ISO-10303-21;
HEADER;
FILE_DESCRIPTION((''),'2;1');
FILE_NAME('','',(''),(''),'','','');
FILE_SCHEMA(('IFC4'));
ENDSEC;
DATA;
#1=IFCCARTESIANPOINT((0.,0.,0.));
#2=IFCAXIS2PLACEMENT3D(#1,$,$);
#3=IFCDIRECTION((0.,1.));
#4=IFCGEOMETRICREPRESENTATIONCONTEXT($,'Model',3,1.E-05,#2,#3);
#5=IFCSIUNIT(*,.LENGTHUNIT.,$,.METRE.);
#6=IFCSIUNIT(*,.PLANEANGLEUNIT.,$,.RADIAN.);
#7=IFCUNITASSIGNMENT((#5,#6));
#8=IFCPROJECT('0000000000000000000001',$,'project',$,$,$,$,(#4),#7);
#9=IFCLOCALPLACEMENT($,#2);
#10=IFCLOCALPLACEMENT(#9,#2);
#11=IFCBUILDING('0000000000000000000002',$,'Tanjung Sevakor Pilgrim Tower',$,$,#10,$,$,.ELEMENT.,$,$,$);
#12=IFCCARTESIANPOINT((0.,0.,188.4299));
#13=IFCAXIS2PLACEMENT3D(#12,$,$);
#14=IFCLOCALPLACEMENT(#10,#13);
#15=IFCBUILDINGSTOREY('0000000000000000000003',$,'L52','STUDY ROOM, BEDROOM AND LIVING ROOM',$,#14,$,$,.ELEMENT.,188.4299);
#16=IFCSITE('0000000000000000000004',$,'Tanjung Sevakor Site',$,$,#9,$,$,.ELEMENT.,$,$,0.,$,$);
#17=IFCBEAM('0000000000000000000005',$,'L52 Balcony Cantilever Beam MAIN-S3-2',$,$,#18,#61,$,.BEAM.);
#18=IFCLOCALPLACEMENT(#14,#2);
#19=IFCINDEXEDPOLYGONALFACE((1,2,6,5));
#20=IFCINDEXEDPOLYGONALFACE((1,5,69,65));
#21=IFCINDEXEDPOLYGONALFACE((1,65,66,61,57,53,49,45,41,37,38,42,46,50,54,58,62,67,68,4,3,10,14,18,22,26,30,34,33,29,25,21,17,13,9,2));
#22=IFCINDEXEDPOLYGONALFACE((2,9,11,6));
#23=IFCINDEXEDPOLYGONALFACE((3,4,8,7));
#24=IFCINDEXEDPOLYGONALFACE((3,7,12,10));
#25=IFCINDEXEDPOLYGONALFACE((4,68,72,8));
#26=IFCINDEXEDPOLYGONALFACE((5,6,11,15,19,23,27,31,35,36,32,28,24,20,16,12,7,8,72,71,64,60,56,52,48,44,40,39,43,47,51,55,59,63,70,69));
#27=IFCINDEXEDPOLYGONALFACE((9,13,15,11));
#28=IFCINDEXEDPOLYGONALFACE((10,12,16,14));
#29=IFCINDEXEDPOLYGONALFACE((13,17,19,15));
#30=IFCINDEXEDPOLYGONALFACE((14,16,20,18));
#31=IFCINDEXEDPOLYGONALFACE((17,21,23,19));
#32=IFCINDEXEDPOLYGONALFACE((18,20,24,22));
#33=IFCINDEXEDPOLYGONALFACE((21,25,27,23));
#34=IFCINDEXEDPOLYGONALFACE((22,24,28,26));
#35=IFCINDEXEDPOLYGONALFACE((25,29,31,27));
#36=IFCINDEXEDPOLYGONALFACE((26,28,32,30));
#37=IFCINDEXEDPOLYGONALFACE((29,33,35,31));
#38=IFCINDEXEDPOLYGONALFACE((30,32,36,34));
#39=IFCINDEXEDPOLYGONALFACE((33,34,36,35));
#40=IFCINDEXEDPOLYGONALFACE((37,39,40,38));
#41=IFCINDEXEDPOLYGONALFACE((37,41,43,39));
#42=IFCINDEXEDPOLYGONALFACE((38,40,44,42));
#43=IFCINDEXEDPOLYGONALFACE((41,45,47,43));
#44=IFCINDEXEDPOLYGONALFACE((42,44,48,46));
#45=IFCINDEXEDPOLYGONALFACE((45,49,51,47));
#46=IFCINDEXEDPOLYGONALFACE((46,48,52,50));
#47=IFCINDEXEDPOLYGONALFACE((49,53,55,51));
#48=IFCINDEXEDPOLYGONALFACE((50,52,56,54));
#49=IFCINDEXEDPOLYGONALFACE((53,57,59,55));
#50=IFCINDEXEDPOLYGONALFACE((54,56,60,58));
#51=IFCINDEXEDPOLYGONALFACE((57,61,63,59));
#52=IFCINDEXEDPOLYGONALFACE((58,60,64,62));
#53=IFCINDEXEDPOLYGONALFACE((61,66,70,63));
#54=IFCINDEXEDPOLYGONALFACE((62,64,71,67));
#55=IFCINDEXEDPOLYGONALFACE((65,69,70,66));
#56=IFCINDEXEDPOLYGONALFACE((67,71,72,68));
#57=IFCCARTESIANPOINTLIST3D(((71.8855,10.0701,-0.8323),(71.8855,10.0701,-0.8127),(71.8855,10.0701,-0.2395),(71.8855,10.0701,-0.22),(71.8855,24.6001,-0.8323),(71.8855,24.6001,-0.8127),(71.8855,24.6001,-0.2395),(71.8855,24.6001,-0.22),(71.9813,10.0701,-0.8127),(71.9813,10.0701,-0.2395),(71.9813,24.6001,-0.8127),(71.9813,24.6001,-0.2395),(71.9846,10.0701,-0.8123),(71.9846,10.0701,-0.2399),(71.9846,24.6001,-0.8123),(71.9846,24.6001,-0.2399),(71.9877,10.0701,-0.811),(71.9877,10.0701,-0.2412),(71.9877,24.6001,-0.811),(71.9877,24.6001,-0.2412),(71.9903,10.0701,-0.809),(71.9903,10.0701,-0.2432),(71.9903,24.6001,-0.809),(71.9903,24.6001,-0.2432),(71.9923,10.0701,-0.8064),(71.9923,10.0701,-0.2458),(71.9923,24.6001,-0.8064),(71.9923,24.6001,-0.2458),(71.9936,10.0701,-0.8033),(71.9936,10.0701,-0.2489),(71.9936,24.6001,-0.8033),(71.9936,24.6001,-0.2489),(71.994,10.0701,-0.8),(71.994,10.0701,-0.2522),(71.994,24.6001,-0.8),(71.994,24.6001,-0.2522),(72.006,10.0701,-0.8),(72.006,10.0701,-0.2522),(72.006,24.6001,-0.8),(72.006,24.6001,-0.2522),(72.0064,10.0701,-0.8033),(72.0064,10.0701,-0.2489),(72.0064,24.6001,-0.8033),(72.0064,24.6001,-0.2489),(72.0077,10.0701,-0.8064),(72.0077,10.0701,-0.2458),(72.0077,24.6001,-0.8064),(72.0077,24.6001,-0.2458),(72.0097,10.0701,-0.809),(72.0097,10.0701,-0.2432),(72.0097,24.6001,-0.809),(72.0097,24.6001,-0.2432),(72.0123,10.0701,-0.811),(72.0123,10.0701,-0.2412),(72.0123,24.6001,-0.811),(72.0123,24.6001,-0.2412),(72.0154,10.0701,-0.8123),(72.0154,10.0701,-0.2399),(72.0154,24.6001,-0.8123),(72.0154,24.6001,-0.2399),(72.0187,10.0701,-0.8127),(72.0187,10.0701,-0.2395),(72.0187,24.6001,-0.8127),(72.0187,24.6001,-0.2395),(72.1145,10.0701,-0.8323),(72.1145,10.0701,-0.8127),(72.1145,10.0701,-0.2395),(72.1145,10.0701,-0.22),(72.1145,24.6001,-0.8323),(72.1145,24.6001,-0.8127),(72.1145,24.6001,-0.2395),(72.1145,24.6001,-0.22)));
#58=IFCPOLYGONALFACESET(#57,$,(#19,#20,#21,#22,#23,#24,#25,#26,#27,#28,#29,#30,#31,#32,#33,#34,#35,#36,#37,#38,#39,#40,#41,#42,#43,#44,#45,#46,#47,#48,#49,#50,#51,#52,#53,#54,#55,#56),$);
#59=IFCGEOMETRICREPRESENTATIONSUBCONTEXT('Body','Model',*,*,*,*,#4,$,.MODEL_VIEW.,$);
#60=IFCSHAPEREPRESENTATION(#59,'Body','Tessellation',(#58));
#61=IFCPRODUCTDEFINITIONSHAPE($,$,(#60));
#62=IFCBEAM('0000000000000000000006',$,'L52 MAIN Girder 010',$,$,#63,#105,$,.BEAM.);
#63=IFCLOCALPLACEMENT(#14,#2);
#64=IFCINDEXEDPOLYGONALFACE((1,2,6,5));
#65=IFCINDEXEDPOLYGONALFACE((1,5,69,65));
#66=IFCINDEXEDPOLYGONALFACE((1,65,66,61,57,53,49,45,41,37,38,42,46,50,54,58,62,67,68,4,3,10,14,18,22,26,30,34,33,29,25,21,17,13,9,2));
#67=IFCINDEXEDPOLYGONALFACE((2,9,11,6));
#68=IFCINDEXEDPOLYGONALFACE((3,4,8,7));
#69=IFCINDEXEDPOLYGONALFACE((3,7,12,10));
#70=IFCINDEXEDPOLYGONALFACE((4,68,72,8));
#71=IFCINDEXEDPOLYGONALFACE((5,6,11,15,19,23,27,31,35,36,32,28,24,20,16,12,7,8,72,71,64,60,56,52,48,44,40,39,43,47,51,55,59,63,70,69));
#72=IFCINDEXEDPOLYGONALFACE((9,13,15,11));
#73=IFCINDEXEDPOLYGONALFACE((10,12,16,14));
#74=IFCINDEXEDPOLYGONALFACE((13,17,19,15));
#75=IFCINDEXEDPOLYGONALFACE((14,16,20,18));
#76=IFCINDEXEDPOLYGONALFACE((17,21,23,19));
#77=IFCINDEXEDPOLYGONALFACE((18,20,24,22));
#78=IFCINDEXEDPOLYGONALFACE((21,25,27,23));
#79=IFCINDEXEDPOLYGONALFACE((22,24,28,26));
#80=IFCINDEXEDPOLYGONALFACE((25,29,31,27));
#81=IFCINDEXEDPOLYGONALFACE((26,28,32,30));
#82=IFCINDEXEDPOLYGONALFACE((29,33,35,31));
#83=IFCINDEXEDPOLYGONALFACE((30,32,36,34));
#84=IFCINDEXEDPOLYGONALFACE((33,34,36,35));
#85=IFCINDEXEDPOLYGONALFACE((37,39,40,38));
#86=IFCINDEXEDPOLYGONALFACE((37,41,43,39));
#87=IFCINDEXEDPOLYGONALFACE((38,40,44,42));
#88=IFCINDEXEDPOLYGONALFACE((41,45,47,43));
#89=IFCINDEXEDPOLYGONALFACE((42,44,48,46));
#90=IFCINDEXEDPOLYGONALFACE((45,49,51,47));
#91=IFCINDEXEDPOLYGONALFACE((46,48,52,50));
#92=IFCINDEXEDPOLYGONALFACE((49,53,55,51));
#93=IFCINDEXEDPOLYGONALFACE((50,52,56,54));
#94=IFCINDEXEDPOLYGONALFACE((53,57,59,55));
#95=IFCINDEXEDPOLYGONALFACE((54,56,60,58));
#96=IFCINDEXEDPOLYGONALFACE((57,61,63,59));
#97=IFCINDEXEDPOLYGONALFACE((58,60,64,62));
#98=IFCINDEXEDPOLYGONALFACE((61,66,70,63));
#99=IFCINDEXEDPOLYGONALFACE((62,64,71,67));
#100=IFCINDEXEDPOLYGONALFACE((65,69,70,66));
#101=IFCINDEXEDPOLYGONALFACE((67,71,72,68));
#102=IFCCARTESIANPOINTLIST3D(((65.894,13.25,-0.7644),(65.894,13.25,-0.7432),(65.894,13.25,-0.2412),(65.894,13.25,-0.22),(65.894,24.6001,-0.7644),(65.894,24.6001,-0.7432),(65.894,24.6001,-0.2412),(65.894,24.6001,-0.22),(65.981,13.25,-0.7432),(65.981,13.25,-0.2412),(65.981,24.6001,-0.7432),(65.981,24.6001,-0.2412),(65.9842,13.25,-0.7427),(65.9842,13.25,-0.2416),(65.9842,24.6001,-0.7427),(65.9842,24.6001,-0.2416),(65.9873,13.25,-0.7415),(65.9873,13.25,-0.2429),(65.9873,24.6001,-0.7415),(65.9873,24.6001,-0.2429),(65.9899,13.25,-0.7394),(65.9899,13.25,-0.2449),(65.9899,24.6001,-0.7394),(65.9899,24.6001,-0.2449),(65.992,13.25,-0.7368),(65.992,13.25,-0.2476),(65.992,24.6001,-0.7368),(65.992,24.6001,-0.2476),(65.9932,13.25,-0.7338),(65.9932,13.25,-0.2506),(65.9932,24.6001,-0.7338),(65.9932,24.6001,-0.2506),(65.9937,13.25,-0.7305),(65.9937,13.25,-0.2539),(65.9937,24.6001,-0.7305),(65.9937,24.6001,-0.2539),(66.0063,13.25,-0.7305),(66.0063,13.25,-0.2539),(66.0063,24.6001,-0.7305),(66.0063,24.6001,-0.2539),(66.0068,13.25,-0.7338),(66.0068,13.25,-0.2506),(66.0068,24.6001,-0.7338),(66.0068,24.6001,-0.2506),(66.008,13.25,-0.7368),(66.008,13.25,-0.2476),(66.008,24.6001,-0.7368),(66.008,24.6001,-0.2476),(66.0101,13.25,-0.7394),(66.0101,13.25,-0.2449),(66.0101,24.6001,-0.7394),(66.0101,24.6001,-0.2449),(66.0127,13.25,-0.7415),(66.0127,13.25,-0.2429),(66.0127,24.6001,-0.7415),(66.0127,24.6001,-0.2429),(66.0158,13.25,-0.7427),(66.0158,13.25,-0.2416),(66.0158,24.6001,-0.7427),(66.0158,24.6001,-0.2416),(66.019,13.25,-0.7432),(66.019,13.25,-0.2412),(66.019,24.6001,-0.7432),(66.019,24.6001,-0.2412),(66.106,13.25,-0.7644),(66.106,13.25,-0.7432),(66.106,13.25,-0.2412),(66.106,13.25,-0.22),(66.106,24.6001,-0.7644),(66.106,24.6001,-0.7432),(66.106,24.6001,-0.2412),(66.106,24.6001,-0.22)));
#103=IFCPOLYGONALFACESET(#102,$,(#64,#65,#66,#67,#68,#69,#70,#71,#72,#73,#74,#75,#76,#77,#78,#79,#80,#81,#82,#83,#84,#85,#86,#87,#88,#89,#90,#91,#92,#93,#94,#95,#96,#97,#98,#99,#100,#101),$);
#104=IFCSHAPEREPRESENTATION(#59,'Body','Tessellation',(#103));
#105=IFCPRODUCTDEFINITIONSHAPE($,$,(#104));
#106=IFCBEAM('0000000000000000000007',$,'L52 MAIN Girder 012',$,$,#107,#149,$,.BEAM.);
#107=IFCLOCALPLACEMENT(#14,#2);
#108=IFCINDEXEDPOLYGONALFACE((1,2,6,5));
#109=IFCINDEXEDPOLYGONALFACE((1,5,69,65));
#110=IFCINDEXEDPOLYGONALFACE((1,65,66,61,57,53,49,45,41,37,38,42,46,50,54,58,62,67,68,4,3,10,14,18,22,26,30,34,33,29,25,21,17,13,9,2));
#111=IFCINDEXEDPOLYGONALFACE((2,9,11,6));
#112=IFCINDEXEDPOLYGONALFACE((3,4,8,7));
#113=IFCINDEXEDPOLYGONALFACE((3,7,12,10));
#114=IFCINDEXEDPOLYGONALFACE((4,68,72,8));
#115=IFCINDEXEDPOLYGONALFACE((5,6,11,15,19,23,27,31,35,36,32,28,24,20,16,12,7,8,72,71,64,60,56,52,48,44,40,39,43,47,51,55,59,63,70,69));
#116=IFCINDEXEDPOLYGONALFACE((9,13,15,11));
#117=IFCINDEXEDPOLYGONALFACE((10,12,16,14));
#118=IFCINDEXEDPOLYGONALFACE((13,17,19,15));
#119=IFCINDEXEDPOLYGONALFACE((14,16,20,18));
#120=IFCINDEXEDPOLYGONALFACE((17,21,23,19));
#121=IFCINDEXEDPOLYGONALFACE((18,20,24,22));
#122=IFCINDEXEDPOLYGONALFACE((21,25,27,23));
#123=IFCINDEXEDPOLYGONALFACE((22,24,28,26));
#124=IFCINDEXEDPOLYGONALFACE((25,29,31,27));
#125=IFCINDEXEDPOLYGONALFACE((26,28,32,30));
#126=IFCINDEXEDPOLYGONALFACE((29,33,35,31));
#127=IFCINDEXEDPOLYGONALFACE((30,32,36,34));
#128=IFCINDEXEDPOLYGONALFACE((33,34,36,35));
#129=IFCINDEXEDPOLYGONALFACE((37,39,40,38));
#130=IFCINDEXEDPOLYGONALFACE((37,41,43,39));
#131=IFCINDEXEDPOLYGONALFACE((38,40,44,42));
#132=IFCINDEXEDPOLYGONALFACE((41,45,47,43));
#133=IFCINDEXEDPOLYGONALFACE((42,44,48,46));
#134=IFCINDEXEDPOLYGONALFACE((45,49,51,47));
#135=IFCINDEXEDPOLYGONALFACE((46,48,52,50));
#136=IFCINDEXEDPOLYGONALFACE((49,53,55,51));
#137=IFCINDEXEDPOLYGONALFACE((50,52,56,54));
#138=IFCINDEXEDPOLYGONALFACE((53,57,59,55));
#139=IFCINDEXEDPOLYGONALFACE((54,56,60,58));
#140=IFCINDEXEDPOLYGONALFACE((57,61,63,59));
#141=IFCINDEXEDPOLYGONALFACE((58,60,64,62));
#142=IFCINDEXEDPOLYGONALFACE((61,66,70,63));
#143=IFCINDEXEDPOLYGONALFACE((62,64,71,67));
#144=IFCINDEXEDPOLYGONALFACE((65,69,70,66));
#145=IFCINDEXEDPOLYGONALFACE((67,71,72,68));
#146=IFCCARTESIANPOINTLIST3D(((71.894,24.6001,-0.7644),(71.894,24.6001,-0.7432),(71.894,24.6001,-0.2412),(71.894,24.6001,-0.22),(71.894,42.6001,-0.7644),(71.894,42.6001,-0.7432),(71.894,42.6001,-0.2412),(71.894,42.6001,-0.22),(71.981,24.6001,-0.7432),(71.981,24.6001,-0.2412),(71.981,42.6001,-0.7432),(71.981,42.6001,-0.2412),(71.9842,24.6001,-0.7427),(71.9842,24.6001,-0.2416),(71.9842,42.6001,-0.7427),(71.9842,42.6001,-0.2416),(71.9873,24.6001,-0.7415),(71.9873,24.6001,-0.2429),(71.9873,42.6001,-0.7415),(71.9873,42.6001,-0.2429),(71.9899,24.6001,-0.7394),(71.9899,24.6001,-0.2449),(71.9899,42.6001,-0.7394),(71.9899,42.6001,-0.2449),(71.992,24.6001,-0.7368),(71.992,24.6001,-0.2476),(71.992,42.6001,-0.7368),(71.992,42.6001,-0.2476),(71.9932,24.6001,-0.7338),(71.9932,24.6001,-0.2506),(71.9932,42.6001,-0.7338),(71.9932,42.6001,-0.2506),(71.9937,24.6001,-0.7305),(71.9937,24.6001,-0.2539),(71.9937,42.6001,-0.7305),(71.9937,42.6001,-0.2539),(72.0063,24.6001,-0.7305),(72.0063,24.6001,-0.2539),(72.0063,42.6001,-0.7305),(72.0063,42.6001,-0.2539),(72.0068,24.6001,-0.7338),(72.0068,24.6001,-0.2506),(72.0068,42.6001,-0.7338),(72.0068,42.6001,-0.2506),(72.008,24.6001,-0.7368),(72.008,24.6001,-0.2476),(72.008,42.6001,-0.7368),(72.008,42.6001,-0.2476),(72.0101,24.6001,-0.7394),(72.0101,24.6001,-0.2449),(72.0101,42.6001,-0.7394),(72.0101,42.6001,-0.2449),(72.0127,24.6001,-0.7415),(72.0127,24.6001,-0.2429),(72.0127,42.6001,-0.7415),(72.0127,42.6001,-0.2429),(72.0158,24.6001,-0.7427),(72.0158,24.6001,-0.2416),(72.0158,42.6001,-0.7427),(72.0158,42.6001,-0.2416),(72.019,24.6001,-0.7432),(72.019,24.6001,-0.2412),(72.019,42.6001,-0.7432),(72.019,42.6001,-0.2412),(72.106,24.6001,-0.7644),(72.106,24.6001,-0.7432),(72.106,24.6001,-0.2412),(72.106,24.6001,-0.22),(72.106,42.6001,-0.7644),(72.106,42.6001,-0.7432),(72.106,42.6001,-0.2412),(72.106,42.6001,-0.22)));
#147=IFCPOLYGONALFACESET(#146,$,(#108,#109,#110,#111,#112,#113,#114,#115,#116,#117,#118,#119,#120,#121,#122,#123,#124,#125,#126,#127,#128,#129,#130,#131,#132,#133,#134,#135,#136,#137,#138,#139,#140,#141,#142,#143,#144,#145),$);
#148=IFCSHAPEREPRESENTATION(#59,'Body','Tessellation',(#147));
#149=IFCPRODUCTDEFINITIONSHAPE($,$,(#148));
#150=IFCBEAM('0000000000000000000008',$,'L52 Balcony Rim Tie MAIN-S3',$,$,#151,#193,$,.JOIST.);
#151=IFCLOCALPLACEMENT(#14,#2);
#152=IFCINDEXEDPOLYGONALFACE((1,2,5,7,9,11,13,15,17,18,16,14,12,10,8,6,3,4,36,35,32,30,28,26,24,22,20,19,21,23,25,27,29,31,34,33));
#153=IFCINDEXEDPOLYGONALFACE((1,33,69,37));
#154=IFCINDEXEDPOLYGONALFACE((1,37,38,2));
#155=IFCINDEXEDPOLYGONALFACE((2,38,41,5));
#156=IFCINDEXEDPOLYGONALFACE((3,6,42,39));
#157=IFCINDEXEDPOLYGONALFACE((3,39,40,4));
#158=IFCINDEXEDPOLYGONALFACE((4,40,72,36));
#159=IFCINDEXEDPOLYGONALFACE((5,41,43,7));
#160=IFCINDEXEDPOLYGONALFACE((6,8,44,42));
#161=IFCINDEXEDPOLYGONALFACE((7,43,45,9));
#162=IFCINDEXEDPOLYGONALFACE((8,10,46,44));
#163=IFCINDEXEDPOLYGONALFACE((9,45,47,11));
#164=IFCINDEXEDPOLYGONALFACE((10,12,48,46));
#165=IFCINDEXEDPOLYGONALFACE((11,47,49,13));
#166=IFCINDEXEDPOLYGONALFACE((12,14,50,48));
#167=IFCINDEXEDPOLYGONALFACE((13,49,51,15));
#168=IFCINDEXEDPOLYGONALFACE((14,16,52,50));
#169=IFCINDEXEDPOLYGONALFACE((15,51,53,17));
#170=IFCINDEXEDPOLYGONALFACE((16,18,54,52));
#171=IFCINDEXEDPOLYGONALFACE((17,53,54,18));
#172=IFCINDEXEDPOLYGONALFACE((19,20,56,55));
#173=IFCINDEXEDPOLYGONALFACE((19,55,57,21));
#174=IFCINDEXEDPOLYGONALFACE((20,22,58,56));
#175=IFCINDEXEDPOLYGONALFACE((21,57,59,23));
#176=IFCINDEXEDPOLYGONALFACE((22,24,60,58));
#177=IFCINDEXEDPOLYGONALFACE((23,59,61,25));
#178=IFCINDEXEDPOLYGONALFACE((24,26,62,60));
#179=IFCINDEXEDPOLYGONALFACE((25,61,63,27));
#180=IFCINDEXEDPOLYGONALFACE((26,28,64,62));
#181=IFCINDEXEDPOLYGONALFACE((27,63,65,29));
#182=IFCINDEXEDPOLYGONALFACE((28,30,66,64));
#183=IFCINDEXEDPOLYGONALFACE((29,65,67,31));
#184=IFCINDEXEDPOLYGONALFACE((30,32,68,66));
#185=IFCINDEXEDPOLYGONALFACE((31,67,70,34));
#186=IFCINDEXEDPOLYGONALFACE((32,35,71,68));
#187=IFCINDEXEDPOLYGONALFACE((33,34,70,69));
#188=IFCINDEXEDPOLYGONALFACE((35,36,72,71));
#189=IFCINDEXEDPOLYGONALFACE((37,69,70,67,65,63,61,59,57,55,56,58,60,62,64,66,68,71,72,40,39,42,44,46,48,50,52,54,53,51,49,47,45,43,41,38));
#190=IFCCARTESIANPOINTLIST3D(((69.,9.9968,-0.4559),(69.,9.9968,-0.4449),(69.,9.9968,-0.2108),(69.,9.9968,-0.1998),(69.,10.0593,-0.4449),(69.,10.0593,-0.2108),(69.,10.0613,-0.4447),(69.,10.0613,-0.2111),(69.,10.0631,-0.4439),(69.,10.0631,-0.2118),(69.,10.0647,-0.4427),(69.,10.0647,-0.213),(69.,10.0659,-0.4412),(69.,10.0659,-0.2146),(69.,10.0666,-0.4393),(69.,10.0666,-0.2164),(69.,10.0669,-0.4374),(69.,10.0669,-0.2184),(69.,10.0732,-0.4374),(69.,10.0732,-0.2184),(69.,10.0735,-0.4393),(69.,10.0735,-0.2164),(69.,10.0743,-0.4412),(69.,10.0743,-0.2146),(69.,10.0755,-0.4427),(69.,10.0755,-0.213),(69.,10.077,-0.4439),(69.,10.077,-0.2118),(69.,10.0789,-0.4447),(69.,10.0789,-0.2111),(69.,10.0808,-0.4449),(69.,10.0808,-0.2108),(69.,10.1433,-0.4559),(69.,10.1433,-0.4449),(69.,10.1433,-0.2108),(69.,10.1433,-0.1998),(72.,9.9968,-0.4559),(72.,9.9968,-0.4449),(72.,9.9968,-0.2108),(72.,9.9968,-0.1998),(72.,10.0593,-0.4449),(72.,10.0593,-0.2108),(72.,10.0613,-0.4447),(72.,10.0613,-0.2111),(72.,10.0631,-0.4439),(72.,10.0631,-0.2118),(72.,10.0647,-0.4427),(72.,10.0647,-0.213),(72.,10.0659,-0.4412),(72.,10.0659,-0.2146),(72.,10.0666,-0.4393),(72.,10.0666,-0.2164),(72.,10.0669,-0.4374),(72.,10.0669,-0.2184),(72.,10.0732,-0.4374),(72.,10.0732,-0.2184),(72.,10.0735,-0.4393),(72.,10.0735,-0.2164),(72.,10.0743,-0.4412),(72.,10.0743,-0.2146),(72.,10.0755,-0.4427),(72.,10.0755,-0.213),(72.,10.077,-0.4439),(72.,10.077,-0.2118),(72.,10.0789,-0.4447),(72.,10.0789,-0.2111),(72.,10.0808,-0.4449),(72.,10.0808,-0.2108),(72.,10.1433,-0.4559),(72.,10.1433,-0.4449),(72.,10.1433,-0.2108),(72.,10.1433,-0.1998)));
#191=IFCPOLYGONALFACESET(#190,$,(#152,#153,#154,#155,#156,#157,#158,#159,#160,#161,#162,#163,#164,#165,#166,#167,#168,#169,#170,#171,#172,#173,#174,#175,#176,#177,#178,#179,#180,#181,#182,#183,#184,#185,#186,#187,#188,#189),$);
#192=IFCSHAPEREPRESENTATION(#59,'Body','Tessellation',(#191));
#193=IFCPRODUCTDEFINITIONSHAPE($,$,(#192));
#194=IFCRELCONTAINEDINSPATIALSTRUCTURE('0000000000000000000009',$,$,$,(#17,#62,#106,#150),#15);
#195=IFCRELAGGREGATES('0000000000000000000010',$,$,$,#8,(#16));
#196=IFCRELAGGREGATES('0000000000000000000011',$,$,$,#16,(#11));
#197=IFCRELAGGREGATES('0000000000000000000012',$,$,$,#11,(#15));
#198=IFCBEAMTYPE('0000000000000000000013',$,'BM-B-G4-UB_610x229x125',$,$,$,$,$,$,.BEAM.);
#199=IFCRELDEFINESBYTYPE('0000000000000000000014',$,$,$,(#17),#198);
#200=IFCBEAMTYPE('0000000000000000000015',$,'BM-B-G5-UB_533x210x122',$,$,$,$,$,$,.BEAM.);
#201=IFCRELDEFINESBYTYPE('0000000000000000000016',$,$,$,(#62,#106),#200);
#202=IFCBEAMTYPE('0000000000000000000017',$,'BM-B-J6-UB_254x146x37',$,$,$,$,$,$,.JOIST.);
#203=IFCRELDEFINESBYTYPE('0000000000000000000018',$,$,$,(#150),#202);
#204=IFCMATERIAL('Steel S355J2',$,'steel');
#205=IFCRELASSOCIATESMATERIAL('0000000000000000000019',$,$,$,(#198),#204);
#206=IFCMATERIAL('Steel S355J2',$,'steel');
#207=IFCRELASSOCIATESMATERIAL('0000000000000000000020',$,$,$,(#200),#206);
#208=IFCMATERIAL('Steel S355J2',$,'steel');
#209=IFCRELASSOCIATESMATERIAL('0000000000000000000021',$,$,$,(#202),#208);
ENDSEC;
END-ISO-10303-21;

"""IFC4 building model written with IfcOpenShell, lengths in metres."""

from ifc_helpers import new_model, si_unit, direction, frame, origin, origin_2d, place, context, subcontext, project, spatial, i_section, extrude, material, material_profile, profile_set, type_object, element, save


model = new_model("IFC4")

# Units and contexts
model_context = context("Model", 3, precision=1e-05, world=origin(), true_north=direction((0.0, 1.0)))
body_context = subcontext(model_context, "Body", "Model", "MODEL_VIEW")
ifc_project = project(units=[si_unit("LENGTHUNIT", "METRE"), si_unit("PLANEANGLEUNIT", "RADIAN")], contexts=[model_context])

# Site, building, storey
site_placement = place(None, origin())
site = spatial("IfcSite", under=ifc_project, at=site_placement, Name="Tanjung Sevakor Site", CompositionType="ELEMENT", RefElevation=0.0)
building_placement = place(site_placement, origin())
building = spatial("IfcBuilding", under=site, at=building_placement, Name="Tanjung Sevakor Pilgrim Tower", CompositionType="ELEMENT")
storey_placement = place(building_placement, frame((0.0, 0.0, 188.4299)))
storey = spatial("IfcBuildingStorey", under=building, at=storey_placement, Name="L52", Description="STUDY ROOM, BEDROOM AND LIVING ROOM", CompositionType="ELEMENT", Elevation=188.4299)

# Beams
ifc_material_1 = material(Name="Steel S355J2", Category="steel")
ifc_material_profile_1 = material_profile(ifc_material_1, i_section(OverallWidth=0.229, OverallDepth=0.6123, WebThickness=0.012, FlangeThickness=0.0195, FilletRadius=0.0127, at=origin_2d()))
ifc_profile_set_1 = profile_set([ifc_material_profile_1], Name="Steel S355J2")
beam_type_1 = type_object("IfcBeamType", Name="BM-B-G4-UB_610x229x125", PredefinedType="BEAM", material=ifc_profile_set_1)
beam_1_placement = place(storey_placement, frame((72.0, 24.6001, -0.5261), z_axis=(0.0, -1.0, 0.0), x_axis=(1.0, 0.0, 0.0)))
element("IfcBeam", 1, at=beam_1_placement, inside=storey, type_object=beam_type_1, Name="L52 Balcony Cantilever Beam MAIN-S3-2", PredefinedType="BEAM", context=body_context, shape_type="SweptSolid", body=[
    extrude(i_section(OverallWidth=0.229, OverallDepth=0.6123, WebThickness=0.012, FlangeThickness=0.0195, FilletRadius=0.0127, at=origin_2d()), origin(), (0.0, 0.0, 1.0), 14.53),
])
ifc_material_2 = material(Name="Steel S355J2", Category="steel")
ifc_material_profile_2 = material_profile(ifc_material_2, i_section(OverallWidth=0.2119, OverallDepth=0.5444, WebThickness=0.0127, FlangeThickness=0.0212, FilletRadius=0.0127, at=origin_2d()))
ifc_profile_set_2 = profile_set([ifc_material_profile_2], Name="Steel S355J2")
beam_type_2 = type_object("IfcBeamType", Name="BM-B-G5-UB_533x210x122", PredefinedType="BEAM", material=ifc_profile_set_2)
beam_2_placement = place(storey_placement, frame((66.0, 13.25, -0.4922), z_axis=(0.0, 1.0, 0.0), x_axis=(-1.0, 0.0, 0.0)))
element("IfcBeam", 2, at=beam_2_placement, inside=storey, type_object=beam_type_2, Name="L52 MAIN Girder 010", PredefinedType="BEAM", context=body_context, shape_type="SweptSolid", body=[
    extrude(i_section(OverallWidth=0.2119, OverallDepth=0.5444, WebThickness=0.0127, FlangeThickness=0.0212, FilletRadius=0.0127, at=origin_2d()), origin(), (0.0, 0.0, 1.0), 11.3501),
])
beam_3_placement = place(storey_placement, frame((72.0, 24.6001, -0.4922), z_axis=(0.0, 1.0, 0.0), x_axis=(-1.0, 0.0, 0.0)))
element("IfcBeam", 3, at=beam_3_placement, inside=storey, type_object=beam_type_2, Name="L52 MAIN Girder 012", PredefinedType="BEAM", context=body_context, shape_type="SweptSolid", body=[
    extrude(i_section(OverallWidth=0.2119, OverallDepth=0.5444, WebThickness=0.0127, FlangeThickness=0.0212, FilletRadius=0.0127, at=origin_2d()), origin(), (0.0, 0.0, 1.0), 18.0),
])
ifc_material_3 = material(Name="Steel S355J2", Category="steel")
ifc_material_profile_3 = material_profile(ifc_material_3, i_section(OverallWidth=0.1465, OverallDepth=0.2561, WebThickness=0.0063, FlangeThickness=0.011, FilletRadius=0.0076, at=origin_2d()))
ifc_profile_set_3 = profile_set([ifc_material_profile_3], Name="Steel S355J2")
beam_type_3 = type_object("IfcBeamType", Name="BM-B-J6-UB_254x146x37", PredefinedType="JOIST", material=ifc_profile_set_3)
beam_4_placement = place(storey_placement, frame((69.0, 10.0701, -0.3279), z_axis=(1.0, 0.0, 0.0), x_axis=(0.0, 1.0, 0.0)))
element("IfcBeam", 4, at=beam_4_placement, inside=storey, type_object=beam_type_3, Name="L52 Balcony Rim Tie MAIN-S3", PredefinedType="JOIST", context=body_context, shape_type="SweptSolid", body=[
    extrude(i_section(OverallWidth=0.1465, OverallDepth=0.2561, WebThickness=0.0063, FlangeThickness=0.011, FilletRadius=0.0076, at=origin_2d()), origin(), (0.0, 0.0, 1.0), 3.0),
])

save(model, "model.ifc")
